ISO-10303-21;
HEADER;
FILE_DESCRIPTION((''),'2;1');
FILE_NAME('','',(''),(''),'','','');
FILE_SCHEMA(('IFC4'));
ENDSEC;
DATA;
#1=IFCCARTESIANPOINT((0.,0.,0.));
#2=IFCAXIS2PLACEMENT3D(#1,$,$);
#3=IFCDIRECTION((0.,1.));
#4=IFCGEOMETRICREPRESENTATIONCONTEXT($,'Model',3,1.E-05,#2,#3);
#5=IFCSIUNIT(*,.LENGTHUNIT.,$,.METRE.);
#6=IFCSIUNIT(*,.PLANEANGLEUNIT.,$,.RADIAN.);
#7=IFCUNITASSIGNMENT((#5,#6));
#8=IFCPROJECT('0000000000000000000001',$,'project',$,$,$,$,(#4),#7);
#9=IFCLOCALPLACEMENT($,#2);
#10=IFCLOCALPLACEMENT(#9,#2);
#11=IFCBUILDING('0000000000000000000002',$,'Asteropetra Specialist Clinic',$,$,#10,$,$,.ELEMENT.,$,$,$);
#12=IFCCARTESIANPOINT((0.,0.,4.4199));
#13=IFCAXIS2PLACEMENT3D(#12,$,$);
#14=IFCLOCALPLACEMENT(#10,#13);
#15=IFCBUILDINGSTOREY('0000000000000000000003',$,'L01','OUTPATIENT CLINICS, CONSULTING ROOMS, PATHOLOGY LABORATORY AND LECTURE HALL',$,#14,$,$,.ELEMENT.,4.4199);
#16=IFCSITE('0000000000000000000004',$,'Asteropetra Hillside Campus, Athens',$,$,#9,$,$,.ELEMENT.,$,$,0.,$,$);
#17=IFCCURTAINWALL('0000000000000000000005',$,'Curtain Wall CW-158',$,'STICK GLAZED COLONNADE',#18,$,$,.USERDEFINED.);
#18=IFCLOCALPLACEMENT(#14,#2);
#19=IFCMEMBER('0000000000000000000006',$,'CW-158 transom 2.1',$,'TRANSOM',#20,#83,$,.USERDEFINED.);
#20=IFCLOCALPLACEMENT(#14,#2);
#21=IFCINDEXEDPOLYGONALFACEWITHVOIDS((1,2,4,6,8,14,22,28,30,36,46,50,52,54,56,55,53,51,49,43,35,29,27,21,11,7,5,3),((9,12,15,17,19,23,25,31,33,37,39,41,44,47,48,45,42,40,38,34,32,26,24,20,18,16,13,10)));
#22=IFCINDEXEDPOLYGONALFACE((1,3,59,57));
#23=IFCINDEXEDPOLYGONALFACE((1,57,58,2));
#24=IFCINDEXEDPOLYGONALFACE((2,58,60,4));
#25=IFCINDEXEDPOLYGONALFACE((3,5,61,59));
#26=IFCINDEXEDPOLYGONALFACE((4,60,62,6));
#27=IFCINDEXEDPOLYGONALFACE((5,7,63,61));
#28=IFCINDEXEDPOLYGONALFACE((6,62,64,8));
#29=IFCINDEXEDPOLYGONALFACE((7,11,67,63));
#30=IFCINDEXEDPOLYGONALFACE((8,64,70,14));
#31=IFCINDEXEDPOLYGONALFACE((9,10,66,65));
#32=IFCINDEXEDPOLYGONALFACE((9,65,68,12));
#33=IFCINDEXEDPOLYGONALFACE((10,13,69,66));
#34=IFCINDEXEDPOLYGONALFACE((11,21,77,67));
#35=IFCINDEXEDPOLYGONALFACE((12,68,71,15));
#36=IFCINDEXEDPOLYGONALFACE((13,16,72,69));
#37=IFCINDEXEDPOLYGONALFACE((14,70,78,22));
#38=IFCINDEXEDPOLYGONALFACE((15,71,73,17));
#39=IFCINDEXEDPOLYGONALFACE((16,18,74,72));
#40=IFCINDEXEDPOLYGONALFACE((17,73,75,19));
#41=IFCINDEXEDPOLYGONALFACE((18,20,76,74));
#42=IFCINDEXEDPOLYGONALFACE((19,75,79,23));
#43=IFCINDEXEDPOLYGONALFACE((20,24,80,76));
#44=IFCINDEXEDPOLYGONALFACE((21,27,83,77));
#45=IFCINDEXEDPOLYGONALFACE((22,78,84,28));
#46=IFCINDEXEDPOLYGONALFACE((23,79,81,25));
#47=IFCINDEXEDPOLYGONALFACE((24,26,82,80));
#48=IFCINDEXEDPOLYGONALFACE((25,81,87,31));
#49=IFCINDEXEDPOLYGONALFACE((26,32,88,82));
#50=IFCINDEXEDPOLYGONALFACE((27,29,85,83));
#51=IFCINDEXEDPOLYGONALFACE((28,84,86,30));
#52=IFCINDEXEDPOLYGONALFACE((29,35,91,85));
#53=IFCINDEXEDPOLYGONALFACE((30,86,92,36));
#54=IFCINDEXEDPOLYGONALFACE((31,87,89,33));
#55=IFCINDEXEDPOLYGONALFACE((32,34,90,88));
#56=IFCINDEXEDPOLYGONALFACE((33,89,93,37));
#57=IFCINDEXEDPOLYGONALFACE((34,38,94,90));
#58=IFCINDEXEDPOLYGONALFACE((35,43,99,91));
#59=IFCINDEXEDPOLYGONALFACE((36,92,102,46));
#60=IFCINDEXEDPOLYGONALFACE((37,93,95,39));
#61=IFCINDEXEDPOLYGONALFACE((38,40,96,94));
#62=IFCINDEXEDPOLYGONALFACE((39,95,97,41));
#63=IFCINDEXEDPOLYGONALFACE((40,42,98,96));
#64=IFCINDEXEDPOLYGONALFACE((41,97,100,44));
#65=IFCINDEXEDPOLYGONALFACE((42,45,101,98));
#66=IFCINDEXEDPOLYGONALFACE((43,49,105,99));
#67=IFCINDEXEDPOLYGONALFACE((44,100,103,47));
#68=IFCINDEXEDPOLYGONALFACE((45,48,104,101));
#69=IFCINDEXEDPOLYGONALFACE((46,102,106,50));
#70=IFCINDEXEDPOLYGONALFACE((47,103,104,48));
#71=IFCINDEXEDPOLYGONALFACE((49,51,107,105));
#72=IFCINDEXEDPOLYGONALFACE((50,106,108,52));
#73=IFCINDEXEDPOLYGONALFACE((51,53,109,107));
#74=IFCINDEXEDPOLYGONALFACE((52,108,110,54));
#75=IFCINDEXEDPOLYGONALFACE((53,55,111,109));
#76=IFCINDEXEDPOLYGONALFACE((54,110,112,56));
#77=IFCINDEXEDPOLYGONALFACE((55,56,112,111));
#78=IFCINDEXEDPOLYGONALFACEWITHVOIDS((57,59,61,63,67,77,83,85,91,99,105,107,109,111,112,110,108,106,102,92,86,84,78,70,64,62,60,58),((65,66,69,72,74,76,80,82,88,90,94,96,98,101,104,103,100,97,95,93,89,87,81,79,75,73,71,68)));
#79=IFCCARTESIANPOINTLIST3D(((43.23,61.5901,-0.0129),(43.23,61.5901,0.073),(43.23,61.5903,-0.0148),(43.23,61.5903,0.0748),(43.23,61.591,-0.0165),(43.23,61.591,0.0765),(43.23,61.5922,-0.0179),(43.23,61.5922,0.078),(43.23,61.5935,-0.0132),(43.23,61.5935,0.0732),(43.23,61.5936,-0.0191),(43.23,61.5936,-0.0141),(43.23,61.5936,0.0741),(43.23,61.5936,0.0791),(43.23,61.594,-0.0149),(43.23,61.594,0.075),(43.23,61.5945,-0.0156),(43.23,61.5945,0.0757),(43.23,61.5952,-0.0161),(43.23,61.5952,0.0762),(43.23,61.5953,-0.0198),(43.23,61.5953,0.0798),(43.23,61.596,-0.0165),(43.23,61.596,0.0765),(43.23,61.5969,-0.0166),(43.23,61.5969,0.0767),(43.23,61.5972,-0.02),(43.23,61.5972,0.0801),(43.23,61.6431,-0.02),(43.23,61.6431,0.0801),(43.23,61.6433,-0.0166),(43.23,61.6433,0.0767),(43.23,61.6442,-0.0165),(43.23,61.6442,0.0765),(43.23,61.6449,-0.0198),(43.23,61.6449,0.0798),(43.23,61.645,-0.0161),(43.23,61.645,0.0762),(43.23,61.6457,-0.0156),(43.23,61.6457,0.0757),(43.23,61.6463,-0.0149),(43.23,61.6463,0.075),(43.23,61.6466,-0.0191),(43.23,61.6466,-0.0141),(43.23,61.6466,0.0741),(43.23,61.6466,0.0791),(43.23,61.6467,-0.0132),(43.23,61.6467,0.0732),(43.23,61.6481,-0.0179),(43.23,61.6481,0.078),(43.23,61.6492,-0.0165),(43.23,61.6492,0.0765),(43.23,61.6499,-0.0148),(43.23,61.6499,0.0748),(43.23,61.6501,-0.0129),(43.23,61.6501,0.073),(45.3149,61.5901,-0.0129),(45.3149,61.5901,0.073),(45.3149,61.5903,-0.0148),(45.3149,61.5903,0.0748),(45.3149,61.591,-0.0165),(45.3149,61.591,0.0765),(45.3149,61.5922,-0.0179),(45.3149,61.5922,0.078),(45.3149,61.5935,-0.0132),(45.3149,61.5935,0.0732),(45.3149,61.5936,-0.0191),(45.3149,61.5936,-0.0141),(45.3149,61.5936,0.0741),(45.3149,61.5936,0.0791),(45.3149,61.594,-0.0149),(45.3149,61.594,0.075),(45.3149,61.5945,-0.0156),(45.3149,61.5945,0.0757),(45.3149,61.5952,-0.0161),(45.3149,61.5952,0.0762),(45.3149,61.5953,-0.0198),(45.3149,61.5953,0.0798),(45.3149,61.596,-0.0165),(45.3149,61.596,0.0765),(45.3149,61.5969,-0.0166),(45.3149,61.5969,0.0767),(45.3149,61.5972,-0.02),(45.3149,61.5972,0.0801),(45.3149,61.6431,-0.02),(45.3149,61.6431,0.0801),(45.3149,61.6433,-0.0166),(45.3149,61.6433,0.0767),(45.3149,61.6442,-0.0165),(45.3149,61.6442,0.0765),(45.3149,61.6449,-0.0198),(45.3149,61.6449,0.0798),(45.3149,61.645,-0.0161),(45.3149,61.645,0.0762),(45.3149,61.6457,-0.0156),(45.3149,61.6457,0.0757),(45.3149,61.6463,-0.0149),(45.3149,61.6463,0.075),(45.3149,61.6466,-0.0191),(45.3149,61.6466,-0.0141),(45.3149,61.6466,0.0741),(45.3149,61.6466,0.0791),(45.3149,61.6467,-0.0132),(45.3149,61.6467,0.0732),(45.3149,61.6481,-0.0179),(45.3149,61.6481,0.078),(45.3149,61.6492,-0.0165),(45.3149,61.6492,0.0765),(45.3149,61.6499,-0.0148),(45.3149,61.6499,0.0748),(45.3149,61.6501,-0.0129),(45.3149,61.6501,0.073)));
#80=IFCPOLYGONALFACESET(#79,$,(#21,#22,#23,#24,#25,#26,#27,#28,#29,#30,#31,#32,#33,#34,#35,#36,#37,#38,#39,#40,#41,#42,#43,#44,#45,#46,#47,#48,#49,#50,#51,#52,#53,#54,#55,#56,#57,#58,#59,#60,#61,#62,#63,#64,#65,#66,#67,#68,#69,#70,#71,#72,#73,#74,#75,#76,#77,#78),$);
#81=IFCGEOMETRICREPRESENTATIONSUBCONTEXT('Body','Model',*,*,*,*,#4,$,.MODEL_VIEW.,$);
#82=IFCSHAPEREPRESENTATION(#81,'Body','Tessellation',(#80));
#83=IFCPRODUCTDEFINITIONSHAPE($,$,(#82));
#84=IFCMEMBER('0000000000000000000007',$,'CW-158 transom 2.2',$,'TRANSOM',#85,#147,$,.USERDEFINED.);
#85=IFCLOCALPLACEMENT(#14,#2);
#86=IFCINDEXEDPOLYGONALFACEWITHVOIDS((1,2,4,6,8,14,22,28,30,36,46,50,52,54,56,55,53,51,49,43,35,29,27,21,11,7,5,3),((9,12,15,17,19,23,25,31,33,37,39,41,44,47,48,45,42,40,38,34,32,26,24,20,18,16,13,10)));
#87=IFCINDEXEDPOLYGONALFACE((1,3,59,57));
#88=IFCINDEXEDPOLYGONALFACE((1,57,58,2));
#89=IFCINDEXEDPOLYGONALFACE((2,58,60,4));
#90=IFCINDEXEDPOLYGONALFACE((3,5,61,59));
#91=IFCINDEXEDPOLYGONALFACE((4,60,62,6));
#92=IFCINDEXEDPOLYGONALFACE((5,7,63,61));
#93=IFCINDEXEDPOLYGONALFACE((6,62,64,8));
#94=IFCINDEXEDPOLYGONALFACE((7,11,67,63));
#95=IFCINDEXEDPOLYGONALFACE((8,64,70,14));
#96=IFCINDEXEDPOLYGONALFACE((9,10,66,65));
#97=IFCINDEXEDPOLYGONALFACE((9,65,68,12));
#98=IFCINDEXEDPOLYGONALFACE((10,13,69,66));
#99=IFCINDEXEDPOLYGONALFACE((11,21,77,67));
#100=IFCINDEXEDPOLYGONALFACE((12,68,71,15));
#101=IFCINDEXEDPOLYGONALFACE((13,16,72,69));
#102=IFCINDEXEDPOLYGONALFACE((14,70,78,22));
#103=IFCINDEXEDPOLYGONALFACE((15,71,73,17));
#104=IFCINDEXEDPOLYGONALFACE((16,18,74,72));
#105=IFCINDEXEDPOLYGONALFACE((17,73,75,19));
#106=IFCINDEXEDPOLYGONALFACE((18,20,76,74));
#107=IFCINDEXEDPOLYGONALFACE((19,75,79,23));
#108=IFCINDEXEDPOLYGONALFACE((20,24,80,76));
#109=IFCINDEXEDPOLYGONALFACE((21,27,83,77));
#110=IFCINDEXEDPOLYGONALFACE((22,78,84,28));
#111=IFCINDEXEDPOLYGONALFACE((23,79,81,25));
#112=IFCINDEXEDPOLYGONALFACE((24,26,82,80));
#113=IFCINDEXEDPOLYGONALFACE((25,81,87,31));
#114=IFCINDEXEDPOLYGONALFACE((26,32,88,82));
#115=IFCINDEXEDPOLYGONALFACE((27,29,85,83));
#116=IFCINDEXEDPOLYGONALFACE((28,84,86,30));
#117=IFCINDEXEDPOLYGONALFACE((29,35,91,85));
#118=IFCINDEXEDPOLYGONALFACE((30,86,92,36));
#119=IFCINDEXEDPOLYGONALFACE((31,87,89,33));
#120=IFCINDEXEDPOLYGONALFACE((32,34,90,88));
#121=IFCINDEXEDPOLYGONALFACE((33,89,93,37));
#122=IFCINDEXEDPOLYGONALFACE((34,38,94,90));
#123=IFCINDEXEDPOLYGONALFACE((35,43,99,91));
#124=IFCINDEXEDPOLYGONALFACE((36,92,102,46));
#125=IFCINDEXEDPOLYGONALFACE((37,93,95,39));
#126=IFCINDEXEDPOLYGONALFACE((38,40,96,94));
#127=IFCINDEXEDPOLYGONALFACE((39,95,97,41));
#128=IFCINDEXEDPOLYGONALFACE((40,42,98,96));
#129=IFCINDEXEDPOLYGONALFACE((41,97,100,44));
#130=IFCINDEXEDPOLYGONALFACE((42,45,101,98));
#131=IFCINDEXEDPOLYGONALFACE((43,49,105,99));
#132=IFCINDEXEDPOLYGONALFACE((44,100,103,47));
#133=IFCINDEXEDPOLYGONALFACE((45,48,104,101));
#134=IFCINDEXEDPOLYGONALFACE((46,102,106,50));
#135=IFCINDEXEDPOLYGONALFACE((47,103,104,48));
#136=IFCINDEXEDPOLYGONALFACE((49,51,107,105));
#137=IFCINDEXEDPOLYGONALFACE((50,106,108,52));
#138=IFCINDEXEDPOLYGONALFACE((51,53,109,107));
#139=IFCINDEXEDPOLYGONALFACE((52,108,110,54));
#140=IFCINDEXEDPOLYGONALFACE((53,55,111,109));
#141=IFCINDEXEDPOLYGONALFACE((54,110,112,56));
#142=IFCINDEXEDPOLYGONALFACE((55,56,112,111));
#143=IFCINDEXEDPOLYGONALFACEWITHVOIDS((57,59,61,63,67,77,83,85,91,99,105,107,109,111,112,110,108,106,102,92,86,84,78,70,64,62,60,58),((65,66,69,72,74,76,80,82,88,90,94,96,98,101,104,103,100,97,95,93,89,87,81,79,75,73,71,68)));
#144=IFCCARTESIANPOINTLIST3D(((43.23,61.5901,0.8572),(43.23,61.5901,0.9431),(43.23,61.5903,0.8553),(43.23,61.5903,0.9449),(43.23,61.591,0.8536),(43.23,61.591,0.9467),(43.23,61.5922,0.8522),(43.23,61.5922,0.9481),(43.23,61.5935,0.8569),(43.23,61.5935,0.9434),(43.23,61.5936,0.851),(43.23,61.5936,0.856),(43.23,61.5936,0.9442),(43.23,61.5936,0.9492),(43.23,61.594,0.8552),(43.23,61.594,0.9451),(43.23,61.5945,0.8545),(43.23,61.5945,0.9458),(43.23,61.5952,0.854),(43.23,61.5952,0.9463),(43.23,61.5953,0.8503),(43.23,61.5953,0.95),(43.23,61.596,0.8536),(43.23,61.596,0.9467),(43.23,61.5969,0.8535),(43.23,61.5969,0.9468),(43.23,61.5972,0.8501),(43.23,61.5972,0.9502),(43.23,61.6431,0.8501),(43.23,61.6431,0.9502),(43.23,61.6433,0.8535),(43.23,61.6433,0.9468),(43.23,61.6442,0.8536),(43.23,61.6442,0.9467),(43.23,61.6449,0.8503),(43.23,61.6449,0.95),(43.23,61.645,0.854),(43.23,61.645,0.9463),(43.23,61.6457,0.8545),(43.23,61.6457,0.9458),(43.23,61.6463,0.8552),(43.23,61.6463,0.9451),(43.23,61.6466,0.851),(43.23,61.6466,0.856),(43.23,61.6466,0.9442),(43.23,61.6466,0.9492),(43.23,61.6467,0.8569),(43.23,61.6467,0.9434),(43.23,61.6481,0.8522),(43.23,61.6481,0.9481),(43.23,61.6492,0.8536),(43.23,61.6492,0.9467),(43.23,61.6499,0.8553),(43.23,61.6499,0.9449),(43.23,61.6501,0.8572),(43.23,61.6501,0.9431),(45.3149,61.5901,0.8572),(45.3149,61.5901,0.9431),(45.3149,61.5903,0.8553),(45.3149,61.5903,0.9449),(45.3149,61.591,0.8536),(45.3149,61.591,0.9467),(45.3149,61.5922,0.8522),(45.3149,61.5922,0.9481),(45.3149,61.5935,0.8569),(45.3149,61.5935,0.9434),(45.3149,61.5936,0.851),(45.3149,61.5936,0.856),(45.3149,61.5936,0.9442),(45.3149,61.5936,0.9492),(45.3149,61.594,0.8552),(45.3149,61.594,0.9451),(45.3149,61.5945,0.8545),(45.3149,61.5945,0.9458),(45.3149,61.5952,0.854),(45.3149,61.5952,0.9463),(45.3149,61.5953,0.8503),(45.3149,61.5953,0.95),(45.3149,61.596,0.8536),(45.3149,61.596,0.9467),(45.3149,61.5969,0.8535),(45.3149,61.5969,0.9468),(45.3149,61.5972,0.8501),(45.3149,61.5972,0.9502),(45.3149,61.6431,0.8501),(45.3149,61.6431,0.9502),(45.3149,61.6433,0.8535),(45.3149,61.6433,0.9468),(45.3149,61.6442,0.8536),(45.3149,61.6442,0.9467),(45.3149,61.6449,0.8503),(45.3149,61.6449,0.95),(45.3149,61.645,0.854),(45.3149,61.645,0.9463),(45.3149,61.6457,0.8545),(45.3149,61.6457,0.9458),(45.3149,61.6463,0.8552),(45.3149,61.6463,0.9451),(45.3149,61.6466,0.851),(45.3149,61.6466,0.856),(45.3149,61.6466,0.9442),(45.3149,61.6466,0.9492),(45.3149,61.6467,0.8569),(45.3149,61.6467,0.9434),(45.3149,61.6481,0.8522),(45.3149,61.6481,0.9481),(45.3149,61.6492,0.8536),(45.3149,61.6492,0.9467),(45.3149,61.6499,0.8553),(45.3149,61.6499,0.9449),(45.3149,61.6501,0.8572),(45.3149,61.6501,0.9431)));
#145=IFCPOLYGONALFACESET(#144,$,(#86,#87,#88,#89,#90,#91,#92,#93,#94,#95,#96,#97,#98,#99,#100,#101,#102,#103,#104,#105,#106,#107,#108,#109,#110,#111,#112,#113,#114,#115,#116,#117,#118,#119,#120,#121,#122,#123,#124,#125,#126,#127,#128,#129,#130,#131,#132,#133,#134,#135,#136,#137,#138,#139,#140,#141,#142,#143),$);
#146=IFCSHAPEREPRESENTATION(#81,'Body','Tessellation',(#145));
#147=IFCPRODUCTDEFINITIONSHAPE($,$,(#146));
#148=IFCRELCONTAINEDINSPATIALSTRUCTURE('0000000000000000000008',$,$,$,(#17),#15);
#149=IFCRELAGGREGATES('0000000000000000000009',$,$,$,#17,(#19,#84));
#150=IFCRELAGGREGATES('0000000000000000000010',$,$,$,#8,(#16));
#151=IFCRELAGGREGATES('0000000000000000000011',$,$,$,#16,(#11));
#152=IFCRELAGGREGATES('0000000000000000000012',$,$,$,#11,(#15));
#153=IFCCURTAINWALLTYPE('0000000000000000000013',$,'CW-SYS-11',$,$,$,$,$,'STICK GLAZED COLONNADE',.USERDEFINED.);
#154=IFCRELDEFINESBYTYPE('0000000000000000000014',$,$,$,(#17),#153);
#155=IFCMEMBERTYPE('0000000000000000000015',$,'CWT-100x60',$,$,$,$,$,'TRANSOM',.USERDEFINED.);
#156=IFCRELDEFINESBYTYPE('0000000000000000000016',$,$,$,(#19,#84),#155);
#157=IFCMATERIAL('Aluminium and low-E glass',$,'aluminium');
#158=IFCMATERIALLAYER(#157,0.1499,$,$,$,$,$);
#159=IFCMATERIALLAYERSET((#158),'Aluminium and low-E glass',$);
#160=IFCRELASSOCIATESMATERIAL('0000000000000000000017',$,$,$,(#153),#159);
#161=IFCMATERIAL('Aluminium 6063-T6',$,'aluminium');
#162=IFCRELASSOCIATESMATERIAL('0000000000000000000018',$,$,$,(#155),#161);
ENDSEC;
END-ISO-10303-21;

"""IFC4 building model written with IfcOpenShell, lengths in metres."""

from ifc_helpers import new_model, si_unit, direction, frame, origin, origin_2d, place, context, subcontext, project, spatial, hollow_rectangle, extrude, material, layer, layer_set, material_profile, profile_set, type_object, element, aggregate, save


model = new_model("IFC4")

# Units and contexts
model_context = context("Model", 3, precision=1e-05, world=origin(), true_north=direction((0.0, 1.0)))
body_context = subcontext(model_context, "Body", "Model", "MODEL_VIEW")
ifc_project = project(units=[si_unit("LENGTHUNIT", "METRE"), si_unit("PLANEANGLEUNIT", "RADIAN")], contexts=[model_context])

# Site, building, storey
site_placement = place(None, origin())
site = spatial("IfcSite", under=ifc_project, at=site_placement, Name="Asteropetra Hillside Campus, Athens", CompositionType="ELEMENT", RefElevation=0.0)
building_placement = place(site_placement, origin())
building = spatial("IfcBuilding", under=site, at=building_placement, Name="Asteropetra Specialist Clinic", CompositionType="ELEMENT")
storey_placement = place(building_placement, frame((0.0, 0.0, 4.4199)))
storey = spatial("IfcBuildingStorey", under=building, at=storey_placement, Name="L01", Description="OUTPATIENT CLINICS, CONSULTING ROOMS, PATHOLOGY LABORATORY AND LECTURE HALL", CompositionType="ELEMENT", Elevation=4.4199)

# Curtain wall
ifc_material_1 = material(Name="Aluminium and low-E glass", Category="aluminium")
ifc_layer_1 = layer(ifc_material_1, 0.1499)
ifc_layer_set_1 = layer_set([ifc_layer_1], Name="Aluminium and low-E glass")
curtain_wall_type_1 = type_object("IfcCurtainWallType", Name="CW-SYS-11", ElementType="STICK GLAZED COLONNADE", PredefinedType="USERDEFINED", material=ifc_layer_set_1)
curtain_wall_1_placement = place(storey_placement, origin())
curtain_wall_1 = element("IfcCurtainWall", 1, at=curtain_wall_1_placement, inside=storey, type_object=curtain_wall_type_1, Name="Curtain Wall CW-158", ObjectType="STICK GLAZED COLONNADE", PredefinedType="USERDEFINED")

# Members
ifc_material_2 = material(Name="Aluminium 6063-T6", Category="aluminium")
ifc_material_profile_1 = material_profile(ifc_material_2, hollow_rectangle(XDim=0.0601, YDim=0.1001, WallThickness=0.0034, InnerFilletRadius=0.0034, OuterFilletRadius=0.0071, at=origin_2d()), Name="TRN 100x60x3.5")
ifc_profile_set_1 = profile_set([ifc_material_profile_1], Name="Aluminium 6063-T6")
member_type_1 = type_object("IfcMemberType", Name="CWT-100x60", ElementType="TRANSOM", PredefinedType="USERDEFINED", material=ifc_profile_set_1)
member_1_placement = place(storey_placement, frame((45.3149, 61.6201, 0.03), z_axis=(-1.0, 0.0, 0.0), x_axis=(0.0, -1.0, 0.0)))
member_1 = element("IfcMember", 2, at=member_1_placement, type_object=member_type_1, Name="CW-158 transom 2.1", ObjectType="TRANSOM", PredefinedType="USERDEFINED", context=body_context, shape_type="SweptSolid", body=[
    extrude(hollow_rectangle(XDim=0.0601, YDim=0.1001, WallThickness=0.0034, InnerFilletRadius=0.0034, OuterFilletRadius=0.0071, at=origin_2d()), origin(), (0.0, 0.0, 1.0), 2.085),
])
member_2_placement = place(storey_placement, frame((45.3149, 61.6201, 0.9001), z_axis=(-1.0, 0.0, 0.0), x_axis=(0.0, -1.0, 0.0)))
member_2 = element("IfcMember", 3, at=member_2_placement, type_object=member_type_1, Name="CW-158 transom 2.2", ObjectType="TRANSOM", PredefinedType="USERDEFINED", context=body_context, shape_type="SweptSolid", body=[
    extrude(hollow_rectangle(XDim=0.0601, YDim=0.1001, WallThickness=0.0034, InnerFilletRadius=0.0034, OuterFilletRadius=0.0071, at=origin_2d()), origin(), (0.0, 0.0, 1.0), 2.085),
])

aggregate(curtain_wall_1, [member_1, member_2])

save(model, "model.ifc")
